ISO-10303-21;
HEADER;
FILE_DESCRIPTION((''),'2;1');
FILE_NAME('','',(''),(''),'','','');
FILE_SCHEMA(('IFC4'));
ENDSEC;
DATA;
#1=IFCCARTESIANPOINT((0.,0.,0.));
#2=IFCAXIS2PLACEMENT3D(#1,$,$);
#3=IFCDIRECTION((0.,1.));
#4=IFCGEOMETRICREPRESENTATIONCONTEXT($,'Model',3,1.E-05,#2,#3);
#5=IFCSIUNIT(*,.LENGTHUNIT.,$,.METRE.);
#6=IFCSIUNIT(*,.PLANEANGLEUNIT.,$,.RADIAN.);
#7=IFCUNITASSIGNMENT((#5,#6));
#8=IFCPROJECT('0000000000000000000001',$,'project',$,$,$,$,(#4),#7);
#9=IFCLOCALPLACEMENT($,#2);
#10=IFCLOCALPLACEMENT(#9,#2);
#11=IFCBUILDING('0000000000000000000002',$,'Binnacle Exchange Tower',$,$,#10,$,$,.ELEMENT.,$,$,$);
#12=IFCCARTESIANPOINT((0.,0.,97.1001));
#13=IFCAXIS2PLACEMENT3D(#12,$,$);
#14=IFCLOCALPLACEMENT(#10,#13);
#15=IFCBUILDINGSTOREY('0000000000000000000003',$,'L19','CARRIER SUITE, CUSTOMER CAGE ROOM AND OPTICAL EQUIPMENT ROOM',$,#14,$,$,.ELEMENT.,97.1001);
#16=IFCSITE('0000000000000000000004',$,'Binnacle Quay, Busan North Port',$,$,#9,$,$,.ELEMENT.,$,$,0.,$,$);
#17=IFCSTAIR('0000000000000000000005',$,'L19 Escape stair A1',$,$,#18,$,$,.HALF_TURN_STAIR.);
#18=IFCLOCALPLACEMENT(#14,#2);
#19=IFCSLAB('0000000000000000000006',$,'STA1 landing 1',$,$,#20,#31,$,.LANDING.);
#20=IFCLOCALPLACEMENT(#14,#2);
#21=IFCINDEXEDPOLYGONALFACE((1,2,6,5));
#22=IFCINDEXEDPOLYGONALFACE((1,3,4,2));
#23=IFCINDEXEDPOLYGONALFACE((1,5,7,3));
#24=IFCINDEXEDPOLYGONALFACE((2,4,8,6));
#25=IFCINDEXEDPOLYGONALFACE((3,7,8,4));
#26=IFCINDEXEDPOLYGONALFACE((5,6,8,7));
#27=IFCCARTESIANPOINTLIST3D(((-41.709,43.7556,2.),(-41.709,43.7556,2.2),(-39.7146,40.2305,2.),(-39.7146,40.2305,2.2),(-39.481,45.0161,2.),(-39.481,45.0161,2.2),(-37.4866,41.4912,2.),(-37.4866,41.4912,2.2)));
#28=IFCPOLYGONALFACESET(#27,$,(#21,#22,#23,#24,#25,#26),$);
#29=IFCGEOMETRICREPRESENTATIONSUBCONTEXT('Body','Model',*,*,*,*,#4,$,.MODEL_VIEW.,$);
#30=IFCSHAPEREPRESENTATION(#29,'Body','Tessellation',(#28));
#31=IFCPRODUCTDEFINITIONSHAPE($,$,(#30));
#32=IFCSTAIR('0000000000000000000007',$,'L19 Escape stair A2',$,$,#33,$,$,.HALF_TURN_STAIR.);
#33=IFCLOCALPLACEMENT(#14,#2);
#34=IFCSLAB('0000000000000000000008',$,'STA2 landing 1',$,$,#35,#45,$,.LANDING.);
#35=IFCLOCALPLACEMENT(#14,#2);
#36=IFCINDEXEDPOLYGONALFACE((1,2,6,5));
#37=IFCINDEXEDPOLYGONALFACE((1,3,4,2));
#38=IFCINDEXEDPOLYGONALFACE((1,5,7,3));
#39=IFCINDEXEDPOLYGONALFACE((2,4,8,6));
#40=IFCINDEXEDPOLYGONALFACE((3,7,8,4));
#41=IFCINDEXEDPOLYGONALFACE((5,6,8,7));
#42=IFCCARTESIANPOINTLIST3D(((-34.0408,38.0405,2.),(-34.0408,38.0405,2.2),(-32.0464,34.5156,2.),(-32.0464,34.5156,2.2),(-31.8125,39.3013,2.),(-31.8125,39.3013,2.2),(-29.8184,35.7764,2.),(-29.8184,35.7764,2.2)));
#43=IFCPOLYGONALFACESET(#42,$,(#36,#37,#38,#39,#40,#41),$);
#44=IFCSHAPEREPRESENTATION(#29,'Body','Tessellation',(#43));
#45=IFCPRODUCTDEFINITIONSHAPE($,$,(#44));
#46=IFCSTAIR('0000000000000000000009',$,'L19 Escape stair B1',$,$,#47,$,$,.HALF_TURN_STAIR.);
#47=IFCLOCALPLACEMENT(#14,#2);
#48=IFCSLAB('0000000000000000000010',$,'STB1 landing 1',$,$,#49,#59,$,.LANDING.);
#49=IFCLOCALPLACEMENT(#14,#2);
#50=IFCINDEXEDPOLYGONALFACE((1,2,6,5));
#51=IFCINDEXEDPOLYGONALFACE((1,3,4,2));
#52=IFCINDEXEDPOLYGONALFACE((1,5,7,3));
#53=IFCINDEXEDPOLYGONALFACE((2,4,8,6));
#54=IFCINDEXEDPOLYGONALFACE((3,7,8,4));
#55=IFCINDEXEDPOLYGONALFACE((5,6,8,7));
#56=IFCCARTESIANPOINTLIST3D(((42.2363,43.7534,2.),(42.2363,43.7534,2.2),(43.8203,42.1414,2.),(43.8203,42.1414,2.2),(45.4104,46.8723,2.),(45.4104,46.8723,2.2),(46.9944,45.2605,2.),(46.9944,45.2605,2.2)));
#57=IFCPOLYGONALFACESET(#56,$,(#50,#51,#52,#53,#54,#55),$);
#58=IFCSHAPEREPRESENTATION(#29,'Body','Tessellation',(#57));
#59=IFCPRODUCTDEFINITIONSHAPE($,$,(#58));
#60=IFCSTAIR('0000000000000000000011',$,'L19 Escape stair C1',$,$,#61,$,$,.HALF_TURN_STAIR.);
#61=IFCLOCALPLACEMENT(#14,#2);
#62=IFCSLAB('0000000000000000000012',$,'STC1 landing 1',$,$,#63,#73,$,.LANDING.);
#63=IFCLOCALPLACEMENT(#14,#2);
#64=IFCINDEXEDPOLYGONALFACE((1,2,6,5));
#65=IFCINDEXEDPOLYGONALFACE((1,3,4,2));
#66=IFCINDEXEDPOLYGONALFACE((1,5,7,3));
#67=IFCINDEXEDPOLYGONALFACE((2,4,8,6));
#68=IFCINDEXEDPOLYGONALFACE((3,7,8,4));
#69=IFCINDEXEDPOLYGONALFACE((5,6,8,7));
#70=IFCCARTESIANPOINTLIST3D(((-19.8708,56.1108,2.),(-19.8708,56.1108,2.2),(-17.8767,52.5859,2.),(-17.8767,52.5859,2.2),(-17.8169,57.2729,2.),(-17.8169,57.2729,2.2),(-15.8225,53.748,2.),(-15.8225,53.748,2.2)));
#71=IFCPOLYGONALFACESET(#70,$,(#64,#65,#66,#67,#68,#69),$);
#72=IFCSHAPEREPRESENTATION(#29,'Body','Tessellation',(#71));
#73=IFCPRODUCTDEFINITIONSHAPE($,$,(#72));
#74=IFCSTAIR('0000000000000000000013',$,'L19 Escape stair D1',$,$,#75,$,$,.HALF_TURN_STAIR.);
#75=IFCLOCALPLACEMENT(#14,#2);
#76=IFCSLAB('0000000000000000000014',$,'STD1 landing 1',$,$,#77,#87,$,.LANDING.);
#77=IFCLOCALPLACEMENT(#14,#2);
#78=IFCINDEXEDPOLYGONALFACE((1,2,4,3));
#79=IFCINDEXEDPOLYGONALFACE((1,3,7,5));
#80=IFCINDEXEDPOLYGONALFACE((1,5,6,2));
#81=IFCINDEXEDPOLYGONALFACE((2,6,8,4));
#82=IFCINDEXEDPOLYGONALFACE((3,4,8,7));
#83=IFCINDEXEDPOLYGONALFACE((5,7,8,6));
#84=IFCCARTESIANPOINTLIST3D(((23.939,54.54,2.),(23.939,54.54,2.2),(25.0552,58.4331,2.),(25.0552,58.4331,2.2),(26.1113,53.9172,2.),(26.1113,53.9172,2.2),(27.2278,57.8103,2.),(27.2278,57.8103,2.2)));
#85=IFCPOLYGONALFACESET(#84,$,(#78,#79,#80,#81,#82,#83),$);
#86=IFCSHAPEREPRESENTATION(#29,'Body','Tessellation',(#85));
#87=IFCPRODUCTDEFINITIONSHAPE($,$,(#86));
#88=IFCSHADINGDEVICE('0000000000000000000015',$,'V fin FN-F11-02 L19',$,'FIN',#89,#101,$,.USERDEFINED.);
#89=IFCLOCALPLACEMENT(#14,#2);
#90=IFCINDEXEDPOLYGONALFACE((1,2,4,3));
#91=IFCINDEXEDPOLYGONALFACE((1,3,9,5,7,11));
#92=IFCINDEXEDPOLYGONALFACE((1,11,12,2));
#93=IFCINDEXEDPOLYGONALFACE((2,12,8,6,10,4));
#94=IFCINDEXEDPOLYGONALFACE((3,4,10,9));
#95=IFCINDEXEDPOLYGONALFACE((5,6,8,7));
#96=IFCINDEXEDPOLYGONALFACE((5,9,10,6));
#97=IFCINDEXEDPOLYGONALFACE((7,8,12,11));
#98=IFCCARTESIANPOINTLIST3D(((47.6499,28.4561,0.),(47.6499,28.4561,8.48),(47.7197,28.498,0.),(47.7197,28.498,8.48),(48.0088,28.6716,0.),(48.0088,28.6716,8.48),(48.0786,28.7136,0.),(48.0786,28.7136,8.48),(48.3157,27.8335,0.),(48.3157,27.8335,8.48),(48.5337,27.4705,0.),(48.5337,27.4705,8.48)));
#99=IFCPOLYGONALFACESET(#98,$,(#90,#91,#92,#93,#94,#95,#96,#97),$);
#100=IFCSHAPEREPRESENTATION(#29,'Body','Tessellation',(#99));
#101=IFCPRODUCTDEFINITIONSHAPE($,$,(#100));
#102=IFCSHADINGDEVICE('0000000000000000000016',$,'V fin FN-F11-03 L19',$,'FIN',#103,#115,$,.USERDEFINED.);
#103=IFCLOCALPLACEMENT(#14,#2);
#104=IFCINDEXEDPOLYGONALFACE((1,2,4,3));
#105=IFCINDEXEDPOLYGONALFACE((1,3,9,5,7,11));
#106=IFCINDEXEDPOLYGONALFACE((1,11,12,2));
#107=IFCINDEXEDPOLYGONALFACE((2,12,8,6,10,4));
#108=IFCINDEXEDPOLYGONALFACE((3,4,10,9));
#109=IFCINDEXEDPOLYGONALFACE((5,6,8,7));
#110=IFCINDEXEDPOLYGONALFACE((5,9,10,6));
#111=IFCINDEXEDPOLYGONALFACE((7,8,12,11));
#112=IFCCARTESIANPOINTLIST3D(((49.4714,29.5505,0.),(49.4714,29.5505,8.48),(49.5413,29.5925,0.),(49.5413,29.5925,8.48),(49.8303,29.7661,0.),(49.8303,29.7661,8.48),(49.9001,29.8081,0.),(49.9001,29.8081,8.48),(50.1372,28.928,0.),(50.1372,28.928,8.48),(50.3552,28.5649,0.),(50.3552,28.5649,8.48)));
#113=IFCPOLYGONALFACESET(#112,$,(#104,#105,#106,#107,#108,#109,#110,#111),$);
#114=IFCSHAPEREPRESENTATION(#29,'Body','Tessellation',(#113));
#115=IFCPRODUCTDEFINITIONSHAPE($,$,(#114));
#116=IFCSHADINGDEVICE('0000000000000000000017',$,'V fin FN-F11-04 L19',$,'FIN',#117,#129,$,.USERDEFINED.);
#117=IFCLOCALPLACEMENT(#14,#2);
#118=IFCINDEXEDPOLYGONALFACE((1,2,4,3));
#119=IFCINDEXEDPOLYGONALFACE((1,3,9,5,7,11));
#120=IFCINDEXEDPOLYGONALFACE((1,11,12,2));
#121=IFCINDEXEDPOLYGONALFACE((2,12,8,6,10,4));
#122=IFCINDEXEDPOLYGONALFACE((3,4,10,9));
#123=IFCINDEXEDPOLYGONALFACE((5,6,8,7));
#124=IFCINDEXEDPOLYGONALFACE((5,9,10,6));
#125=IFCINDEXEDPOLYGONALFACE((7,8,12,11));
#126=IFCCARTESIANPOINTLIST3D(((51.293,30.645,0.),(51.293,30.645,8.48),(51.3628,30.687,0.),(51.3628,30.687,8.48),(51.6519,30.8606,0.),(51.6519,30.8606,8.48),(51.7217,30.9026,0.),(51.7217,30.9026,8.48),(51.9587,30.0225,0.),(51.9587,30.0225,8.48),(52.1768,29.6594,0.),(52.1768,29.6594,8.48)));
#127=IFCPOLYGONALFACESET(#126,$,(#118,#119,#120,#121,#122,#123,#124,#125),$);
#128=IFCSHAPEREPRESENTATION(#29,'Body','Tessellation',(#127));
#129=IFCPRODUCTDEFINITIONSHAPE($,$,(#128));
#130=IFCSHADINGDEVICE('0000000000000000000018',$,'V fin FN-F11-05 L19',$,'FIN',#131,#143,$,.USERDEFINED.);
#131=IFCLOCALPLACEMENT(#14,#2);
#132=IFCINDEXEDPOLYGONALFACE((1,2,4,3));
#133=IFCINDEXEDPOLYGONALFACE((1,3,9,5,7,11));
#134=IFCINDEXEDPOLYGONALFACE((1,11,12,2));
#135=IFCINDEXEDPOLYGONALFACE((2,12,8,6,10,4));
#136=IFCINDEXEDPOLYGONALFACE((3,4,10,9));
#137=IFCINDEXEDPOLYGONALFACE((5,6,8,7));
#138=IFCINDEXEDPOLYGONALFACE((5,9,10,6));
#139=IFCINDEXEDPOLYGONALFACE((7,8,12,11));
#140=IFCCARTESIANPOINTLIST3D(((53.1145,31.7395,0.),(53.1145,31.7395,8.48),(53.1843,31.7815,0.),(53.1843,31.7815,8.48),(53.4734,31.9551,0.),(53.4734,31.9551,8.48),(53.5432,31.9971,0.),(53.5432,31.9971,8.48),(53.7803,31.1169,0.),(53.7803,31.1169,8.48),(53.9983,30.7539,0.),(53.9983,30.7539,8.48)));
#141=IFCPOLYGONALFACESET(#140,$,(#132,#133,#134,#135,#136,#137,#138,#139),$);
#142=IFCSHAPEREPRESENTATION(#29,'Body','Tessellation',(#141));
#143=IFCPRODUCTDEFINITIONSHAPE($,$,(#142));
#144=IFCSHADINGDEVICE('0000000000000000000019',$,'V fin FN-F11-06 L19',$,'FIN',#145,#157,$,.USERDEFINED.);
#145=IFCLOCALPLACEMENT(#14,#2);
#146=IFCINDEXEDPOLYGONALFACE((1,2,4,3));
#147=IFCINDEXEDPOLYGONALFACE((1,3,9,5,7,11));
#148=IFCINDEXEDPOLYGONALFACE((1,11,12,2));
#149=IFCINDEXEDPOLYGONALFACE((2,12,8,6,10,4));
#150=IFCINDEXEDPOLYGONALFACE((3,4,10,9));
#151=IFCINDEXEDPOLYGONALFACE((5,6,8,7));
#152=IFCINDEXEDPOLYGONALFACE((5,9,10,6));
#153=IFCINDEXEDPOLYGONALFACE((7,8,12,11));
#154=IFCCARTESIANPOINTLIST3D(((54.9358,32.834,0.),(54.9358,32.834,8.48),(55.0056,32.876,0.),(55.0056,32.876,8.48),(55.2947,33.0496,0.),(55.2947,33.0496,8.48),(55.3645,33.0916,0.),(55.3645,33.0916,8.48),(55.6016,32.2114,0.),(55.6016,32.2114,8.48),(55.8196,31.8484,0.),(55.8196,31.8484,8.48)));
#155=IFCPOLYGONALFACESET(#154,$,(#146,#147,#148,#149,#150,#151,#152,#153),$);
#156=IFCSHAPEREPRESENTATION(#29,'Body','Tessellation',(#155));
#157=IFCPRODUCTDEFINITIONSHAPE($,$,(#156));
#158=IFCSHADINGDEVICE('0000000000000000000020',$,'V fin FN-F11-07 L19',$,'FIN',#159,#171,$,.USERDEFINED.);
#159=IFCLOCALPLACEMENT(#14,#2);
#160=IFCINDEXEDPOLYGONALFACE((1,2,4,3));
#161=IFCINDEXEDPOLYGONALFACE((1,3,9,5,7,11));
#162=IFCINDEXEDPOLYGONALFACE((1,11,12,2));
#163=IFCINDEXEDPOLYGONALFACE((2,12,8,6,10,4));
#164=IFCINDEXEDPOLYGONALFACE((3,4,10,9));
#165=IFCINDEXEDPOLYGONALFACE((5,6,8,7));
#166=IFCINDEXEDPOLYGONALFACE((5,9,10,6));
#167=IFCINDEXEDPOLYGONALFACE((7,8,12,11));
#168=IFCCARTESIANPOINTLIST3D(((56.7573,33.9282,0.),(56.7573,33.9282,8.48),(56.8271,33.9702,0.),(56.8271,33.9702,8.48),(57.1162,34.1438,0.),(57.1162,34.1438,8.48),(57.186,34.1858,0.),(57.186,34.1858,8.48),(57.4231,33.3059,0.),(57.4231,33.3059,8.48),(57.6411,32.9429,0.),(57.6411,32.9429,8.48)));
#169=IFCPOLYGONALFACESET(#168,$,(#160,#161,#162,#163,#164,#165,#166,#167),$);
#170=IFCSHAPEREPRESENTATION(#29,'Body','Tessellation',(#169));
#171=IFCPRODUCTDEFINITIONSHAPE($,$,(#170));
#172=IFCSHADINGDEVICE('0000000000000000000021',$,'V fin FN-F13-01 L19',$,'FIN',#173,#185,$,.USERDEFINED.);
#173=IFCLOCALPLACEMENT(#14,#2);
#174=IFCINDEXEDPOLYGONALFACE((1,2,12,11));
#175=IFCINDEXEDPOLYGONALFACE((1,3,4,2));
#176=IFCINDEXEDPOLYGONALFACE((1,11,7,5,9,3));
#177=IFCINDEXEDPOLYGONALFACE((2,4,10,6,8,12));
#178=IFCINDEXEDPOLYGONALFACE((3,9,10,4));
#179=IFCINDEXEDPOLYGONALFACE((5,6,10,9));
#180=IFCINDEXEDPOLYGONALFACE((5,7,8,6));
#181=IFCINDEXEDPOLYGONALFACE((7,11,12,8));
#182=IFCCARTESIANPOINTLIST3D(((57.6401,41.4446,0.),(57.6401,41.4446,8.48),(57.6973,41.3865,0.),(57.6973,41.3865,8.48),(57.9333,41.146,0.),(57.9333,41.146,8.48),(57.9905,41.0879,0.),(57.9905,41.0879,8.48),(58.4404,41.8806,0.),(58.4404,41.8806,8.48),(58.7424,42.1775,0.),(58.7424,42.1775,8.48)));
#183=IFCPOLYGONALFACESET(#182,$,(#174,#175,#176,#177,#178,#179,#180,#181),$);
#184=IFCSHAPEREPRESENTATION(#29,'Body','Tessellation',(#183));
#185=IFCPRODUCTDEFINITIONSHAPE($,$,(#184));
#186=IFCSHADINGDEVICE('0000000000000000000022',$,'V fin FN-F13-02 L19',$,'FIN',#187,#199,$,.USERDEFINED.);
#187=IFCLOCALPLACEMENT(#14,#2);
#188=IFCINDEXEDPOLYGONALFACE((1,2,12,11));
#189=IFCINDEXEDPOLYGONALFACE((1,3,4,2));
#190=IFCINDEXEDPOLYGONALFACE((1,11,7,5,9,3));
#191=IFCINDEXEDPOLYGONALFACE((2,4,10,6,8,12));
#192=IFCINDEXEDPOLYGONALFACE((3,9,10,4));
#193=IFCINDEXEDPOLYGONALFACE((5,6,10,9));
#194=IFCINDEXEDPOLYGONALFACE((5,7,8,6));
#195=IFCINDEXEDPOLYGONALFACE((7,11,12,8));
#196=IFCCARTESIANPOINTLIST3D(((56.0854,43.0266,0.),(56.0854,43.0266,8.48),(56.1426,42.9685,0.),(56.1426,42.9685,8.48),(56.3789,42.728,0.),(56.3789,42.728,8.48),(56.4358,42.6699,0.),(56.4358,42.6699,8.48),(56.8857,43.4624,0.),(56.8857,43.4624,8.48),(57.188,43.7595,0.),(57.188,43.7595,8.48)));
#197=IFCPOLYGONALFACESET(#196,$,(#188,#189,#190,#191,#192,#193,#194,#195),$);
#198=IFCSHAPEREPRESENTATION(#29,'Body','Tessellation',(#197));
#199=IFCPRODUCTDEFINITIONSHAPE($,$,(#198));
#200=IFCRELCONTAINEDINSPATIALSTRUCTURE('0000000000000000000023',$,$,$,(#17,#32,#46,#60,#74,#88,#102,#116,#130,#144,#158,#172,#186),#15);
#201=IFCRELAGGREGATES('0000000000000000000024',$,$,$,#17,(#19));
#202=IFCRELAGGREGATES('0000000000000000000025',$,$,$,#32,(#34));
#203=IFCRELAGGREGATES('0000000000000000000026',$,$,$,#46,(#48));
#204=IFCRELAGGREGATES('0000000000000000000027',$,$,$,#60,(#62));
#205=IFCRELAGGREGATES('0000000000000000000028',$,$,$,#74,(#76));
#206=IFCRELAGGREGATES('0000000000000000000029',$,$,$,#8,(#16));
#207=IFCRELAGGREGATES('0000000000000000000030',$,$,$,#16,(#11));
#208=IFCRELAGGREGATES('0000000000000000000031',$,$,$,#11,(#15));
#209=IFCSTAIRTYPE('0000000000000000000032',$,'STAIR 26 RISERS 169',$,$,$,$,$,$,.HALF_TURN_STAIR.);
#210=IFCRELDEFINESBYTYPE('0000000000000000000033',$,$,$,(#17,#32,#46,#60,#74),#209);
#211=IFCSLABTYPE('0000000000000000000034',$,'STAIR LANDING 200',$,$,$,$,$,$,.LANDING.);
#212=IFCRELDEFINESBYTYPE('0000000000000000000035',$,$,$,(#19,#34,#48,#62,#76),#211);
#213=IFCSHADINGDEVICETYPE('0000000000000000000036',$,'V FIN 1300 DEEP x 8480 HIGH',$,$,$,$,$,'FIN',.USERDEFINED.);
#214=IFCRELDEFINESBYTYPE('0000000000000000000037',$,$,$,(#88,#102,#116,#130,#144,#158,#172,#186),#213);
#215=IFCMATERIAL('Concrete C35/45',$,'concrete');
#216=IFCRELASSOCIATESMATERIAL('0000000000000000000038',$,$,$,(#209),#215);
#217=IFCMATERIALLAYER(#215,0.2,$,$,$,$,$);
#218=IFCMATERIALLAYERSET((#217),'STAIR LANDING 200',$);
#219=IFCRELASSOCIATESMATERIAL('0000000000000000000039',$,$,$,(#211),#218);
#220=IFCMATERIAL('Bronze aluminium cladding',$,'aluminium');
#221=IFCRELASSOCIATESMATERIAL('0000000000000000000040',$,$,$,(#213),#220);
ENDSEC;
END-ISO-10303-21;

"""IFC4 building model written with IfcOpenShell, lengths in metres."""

from ifc_helpers import new_model, si_unit, direction, frame, origin, place, context, subcontext, project, spatial, polyline, outline, extrude, material, layer, layer_set, type_object, element, aggregate, save


model = new_model("IFC4")

# Units and contexts
model_context = context("Model", 3, precision=1e-05, world=origin(), true_north=direction((0.0, 1.0)))
body_context = subcontext(model_context, "Body", "Model", "MODEL_VIEW")
ifc_project = project(units=[si_unit("LENGTHUNIT", "METRE"), si_unit("PLANEANGLEUNIT", "RADIAN")], contexts=[model_context])

# Site, building, storey
site_placement = place(None, origin())
site = spatial("IfcSite", under=ifc_project, at=site_placement, Name="Binnacle Quay, Busan North Port", CompositionType="ELEMENT", RefElevation=0.0)
building_placement = place(site_placement, origin())
building = spatial("IfcBuilding", under=site, at=building_placement, Name="Binnacle Exchange Tower", CompositionType="ELEMENT")
storey_placement = place(building_placement, frame((0.0, 0.0, 97.1001)))
storey = spatial("IfcBuildingStorey", under=building, at=storey_placement, Name="L19", Description="CARRIER SUITE, CUSTOMER CAGE ROOM AND OPTICAL EQUIPMENT ROOM", CompositionType="ELEMENT", Elevation=97.1001)

# Stairs, slabs
ifc_material_1 = material(Name="Concrete C35/45", Category="concrete")
stair_type = type_object("IfcStairType", Name="STAIR 26 RISERS 169", PredefinedType="HALF_TURN_STAIR", material=ifc_material_1)
stair_1_placement = place(storey_placement, origin())
stair_1 = element("IfcStair", 1, at=stair_1_placement, inside=storey, type_object=stair_type, Name="L19 Escape stair A1", PredefinedType="HALF_TURN_STAIR")
ifc_layer = layer(ifc_material_1, 0.2)
ifc_layer_set = layer_set([ifc_layer], Name="STAIR LANDING 200")
slab_type = type_object("IfcSlabType", Name="STAIR LANDING 200", PredefinedType="LANDING", material=ifc_layer_set)
slab_1_placement = place(storey_placement, frame((0.0, 0.0, 2.0)))
slab_1 = element("IfcSlab", 2, at=slab_1_placement, type_object=slab_type, Name="STA1 landing 1", PredefinedType="LANDING", context=body_context, shape_type="SweptSolid", body=[
    extrude(outline(polyline([(-39.7146, 40.2305), (-37.4866, 41.4912), (-39.481, 45.0161), (-41.709, 43.7556), (-39.7146, 40.2305)])), origin(), (0.0, 0.0, 1.0), 0.2),
])
aggregate(stair_1, [slab_1])
stair_2_placement = place(storey_placement, origin())
stair_2 = element("IfcStair", 3, at=stair_2_placement, inside=storey, type_object=stair_type, Name="L19 Escape stair A2", PredefinedType="HALF_TURN_STAIR")
slab_2_placement = place(storey_placement, frame((0.0, 0.0, 2.0)))
slab_2 = element("IfcSlab", 4, at=slab_2_placement, type_object=slab_type, Name="STA2 landing 1", PredefinedType="LANDING", context=body_context, shape_type="SweptSolid", body=[
    extrude(outline(polyline([(-31.8125, 39.3013), (-34.0408, 38.0405), (-32.0464, 34.5156), (-29.8184, 35.7764), (-31.8125, 39.3013)])), origin(), (0.0, 0.0, 1.0), 0.2),
])
aggregate(stair_2, [slab_2])
stair_3_placement = place(storey_placement, origin())
stair_3 = element("IfcStair", 5, at=stair_3_placement, inside=storey, type_object=stair_type, Name="L19 Escape stair B1", PredefinedType="HALF_TURN_STAIR")
slab_3_placement = place(storey_placement, frame((0.0, 0.0, 2.0)))
slab_3 = element("IfcSlab", 6, at=slab_3_placement, type_object=slab_type, Name="STB1 landing 1", PredefinedType="LANDING", context=body_context, shape_type="SweptSolid", body=[
    extrude(outline(polyline([(42.2363, 43.7534), (43.8203, 42.1414), (46.9944, 45.2605), (45.4104, 46.8723), (42.2363, 43.7534)])), origin(), (0.0, 0.0, 1.0), 0.2),
])
aggregate(stair_3, [slab_3])
stair_4_placement = place(storey_placement, origin())
stair_4 = element("IfcStair", 7, at=stair_4_placement, inside=storey, type_object=stair_type, Name="L19 Escape stair C1", PredefinedType="HALF_TURN_STAIR")
slab_4_placement = place(storey_placement, frame((0.0, 0.0, 2.0)))
slab_4 = element("IfcSlab", 8, at=slab_4_placement, type_object=slab_type, Name="STC1 landing 1", PredefinedType="LANDING", context=body_context, shape_type="SweptSolid", body=[
    extrude(outline(polyline([(-17.8767, 52.5859), (-15.8225, 53.748), (-17.8169, 57.2729), (-19.8708, 56.1108), (-17.8767, 52.5859)])), origin(), (0.0, 0.0, 1.0), 0.2),
])
aggregate(stair_4, [slab_4])
stair_5_placement = place(storey_placement, origin())
stair_5 = element("IfcStair", 9, at=stair_5_placement, inside=storey, type_object=stair_type, Name="L19 Escape stair D1", PredefinedType="HALF_TURN_STAIR")
slab_5_placement = place(storey_placement, frame((0.0, 0.0, 2.0)))
slab_5 = element("IfcSlab", 10, at=slab_5_placement, type_object=slab_type, Name="STD1 landing 1", PredefinedType="LANDING", context=body_context, shape_type="SweptSolid", body=[
    extrude(outline(polyline([(23.939, 54.54), (26.1113, 53.9172), (27.2278, 57.8103), (25.0552, 58.4331), (23.939, 54.54)])), origin(), (0.0, 0.0, 1.0), 0.2),
])
aggregate(stair_5, [slab_5])

# Shading devices
ifc_material_2 = material(Name="Bronze aluminium cladding", Category="aluminium")
shading_device_type = type_object("IfcShadingDeviceType", Name="V FIN 1300 DEEP x 8480 HIGH", ElementType="FIN", PredefinedType="USERDEFINED", material=ifc_material_2)
shading_device_1_placement = place(storey_placement, origin())
element("IfcShadingDevice", 11, at=shading_device_1_placement, inside=storey, type_object=shading_device_type, Name="V fin FN-F11-02 L19", ObjectType="FIN", PredefinedType="USERDEFINED", context=body_context, shape_type="SweptSolid", body=[
    extrude(outline(polyline([(47.6499, 28.4561), (48.5337, 27.4705), (48.0786, 28.7136), (48.0088, 28.6716), (48.3157, 27.8335), (47.7197, 28.498), (47.6499, 28.4561)])), origin(), (0.0, 0.0, 1.0), 8.48),
])
shading_device_2_placement = place(storey_placement, origin())
element("IfcShadingDevice", 12, at=shading_device_2_placement, inside=storey, type_object=shading_device_type, Name="V fin FN-F11-03 L19", ObjectType="FIN", PredefinedType="USERDEFINED", context=body_context, shape_type="SweptSolid", body=[
    extrude(outline(polyline([(49.4714, 29.5505), (50.3552, 28.5649), (49.9001, 29.8081), (49.8303, 29.7661), (50.1372, 28.928), (49.5413, 29.5925), (49.4714, 29.5505)])), origin(), (0.0, 0.0, 1.0), 8.48),
])
shading_device_3_placement = place(storey_placement, origin())
element("IfcShadingDevice", 13, at=shading_device_3_placement, inside=storey, type_object=shading_device_type, Name="V fin FN-F11-04 L19", ObjectType="FIN", PredefinedType="USERDEFINED", context=body_context, shape_type="SweptSolid", body=[
    extrude(outline(polyline([(51.293, 30.645), (52.1768, 29.6594), (51.7217, 30.9026), (51.6519, 30.8606), (51.9587, 30.0225), (51.3628, 30.687), (51.293, 30.645)])), origin(), (0.0, 0.0, 1.0), 8.48),
])
shading_device_4_placement = place(storey_placement, origin())
element("IfcShadingDevice", 14, at=shading_device_4_placement, inside=storey, type_object=shading_device_type, Name="V fin FN-F11-05 L19", ObjectType="FIN", PredefinedType="USERDEFINED", context=body_context, shape_type="SweptSolid", body=[
    extrude(outline(polyline([(53.1145, 31.7395), (53.9983, 30.7539), (53.5432, 31.9971), (53.4734, 31.9551), (53.7803, 31.1169), (53.1843, 31.7815), (53.1145, 31.7395)])), origin(), (0.0, 0.0, 1.0), 8.48),
])
shading_device_5_placement = place(storey_placement, origin())
element("IfcShadingDevice", 15, at=shading_device_5_placement, inside=storey, type_object=shading_device_type, Name="V fin FN-F11-06 L19", ObjectType="FIN", PredefinedType="USERDEFINED", context=body_context, shape_type="SweptSolid", body=[
    extrude(outline(polyline([(54.9358, 32.834), (55.8196, 31.8484), (55.3645, 33.0916), (55.2947, 33.0496), (55.6016, 32.2114), (55.0056, 32.876), (54.9358, 32.834)])), origin(), (0.0, 0.0, 1.0), 8.48),
])
shading_device_6_placement = place(storey_placement, origin())
element("IfcShadingDevice", 16, at=shading_device_6_placement, inside=storey, type_object=shading_device_type, Name="V fin FN-F11-07 L19", ObjectType="FIN", PredefinedType="USERDEFINED", context=body_context, shape_type="SweptSolid", body=[
    extrude(outline(polyline([(56.7573, 33.9282), (57.6411, 32.9429), (57.186, 34.1858), (57.1162, 34.1438), (57.4231, 33.3059), (56.8271, 33.9702), (56.7573, 33.9282)])), origin(), (0.0, 0.0, 1.0), 8.48),
])
shading_device_7_placement = place(storey_placement, origin())
element("IfcShadingDevice", 17, at=shading_device_7_placement, inside=storey, type_object=shading_device_type, Name="V fin FN-F13-01 L19", ObjectType="FIN", PredefinedType="USERDEFINED", context=body_context, shape_type="SweptSolid", body=[
    extrude(outline(polyline([(57.9905, 41.0879), (58.7424, 42.1775), (57.6401, 41.4446), (57.6973, 41.3865), (58.4404, 41.8806), (57.9333, 41.146), (57.9905, 41.0879)])), origin(), (0.0, 0.0, 1.0), 8.48),
])
shading_device_8_placement = place(storey_placement, origin())
element("IfcShadingDevice", 18, at=shading_device_8_placement, inside=storey, type_object=shading_device_type, Name="V fin FN-F13-02 L19", ObjectType="FIN", PredefinedType="USERDEFINED", context=body_context, shape_type="SweptSolid", body=[
    extrude(outline(polyline([(56.4358, 42.6699), (57.188, 43.7595), (56.0854, 43.0266), (56.1426, 42.9685), (56.8857, 43.4624), (56.3789, 42.728), (56.4358, 42.6699)])), origin(), (0.0, 0.0, 1.0), 8.48),
])

save(model, "model.ifc")
